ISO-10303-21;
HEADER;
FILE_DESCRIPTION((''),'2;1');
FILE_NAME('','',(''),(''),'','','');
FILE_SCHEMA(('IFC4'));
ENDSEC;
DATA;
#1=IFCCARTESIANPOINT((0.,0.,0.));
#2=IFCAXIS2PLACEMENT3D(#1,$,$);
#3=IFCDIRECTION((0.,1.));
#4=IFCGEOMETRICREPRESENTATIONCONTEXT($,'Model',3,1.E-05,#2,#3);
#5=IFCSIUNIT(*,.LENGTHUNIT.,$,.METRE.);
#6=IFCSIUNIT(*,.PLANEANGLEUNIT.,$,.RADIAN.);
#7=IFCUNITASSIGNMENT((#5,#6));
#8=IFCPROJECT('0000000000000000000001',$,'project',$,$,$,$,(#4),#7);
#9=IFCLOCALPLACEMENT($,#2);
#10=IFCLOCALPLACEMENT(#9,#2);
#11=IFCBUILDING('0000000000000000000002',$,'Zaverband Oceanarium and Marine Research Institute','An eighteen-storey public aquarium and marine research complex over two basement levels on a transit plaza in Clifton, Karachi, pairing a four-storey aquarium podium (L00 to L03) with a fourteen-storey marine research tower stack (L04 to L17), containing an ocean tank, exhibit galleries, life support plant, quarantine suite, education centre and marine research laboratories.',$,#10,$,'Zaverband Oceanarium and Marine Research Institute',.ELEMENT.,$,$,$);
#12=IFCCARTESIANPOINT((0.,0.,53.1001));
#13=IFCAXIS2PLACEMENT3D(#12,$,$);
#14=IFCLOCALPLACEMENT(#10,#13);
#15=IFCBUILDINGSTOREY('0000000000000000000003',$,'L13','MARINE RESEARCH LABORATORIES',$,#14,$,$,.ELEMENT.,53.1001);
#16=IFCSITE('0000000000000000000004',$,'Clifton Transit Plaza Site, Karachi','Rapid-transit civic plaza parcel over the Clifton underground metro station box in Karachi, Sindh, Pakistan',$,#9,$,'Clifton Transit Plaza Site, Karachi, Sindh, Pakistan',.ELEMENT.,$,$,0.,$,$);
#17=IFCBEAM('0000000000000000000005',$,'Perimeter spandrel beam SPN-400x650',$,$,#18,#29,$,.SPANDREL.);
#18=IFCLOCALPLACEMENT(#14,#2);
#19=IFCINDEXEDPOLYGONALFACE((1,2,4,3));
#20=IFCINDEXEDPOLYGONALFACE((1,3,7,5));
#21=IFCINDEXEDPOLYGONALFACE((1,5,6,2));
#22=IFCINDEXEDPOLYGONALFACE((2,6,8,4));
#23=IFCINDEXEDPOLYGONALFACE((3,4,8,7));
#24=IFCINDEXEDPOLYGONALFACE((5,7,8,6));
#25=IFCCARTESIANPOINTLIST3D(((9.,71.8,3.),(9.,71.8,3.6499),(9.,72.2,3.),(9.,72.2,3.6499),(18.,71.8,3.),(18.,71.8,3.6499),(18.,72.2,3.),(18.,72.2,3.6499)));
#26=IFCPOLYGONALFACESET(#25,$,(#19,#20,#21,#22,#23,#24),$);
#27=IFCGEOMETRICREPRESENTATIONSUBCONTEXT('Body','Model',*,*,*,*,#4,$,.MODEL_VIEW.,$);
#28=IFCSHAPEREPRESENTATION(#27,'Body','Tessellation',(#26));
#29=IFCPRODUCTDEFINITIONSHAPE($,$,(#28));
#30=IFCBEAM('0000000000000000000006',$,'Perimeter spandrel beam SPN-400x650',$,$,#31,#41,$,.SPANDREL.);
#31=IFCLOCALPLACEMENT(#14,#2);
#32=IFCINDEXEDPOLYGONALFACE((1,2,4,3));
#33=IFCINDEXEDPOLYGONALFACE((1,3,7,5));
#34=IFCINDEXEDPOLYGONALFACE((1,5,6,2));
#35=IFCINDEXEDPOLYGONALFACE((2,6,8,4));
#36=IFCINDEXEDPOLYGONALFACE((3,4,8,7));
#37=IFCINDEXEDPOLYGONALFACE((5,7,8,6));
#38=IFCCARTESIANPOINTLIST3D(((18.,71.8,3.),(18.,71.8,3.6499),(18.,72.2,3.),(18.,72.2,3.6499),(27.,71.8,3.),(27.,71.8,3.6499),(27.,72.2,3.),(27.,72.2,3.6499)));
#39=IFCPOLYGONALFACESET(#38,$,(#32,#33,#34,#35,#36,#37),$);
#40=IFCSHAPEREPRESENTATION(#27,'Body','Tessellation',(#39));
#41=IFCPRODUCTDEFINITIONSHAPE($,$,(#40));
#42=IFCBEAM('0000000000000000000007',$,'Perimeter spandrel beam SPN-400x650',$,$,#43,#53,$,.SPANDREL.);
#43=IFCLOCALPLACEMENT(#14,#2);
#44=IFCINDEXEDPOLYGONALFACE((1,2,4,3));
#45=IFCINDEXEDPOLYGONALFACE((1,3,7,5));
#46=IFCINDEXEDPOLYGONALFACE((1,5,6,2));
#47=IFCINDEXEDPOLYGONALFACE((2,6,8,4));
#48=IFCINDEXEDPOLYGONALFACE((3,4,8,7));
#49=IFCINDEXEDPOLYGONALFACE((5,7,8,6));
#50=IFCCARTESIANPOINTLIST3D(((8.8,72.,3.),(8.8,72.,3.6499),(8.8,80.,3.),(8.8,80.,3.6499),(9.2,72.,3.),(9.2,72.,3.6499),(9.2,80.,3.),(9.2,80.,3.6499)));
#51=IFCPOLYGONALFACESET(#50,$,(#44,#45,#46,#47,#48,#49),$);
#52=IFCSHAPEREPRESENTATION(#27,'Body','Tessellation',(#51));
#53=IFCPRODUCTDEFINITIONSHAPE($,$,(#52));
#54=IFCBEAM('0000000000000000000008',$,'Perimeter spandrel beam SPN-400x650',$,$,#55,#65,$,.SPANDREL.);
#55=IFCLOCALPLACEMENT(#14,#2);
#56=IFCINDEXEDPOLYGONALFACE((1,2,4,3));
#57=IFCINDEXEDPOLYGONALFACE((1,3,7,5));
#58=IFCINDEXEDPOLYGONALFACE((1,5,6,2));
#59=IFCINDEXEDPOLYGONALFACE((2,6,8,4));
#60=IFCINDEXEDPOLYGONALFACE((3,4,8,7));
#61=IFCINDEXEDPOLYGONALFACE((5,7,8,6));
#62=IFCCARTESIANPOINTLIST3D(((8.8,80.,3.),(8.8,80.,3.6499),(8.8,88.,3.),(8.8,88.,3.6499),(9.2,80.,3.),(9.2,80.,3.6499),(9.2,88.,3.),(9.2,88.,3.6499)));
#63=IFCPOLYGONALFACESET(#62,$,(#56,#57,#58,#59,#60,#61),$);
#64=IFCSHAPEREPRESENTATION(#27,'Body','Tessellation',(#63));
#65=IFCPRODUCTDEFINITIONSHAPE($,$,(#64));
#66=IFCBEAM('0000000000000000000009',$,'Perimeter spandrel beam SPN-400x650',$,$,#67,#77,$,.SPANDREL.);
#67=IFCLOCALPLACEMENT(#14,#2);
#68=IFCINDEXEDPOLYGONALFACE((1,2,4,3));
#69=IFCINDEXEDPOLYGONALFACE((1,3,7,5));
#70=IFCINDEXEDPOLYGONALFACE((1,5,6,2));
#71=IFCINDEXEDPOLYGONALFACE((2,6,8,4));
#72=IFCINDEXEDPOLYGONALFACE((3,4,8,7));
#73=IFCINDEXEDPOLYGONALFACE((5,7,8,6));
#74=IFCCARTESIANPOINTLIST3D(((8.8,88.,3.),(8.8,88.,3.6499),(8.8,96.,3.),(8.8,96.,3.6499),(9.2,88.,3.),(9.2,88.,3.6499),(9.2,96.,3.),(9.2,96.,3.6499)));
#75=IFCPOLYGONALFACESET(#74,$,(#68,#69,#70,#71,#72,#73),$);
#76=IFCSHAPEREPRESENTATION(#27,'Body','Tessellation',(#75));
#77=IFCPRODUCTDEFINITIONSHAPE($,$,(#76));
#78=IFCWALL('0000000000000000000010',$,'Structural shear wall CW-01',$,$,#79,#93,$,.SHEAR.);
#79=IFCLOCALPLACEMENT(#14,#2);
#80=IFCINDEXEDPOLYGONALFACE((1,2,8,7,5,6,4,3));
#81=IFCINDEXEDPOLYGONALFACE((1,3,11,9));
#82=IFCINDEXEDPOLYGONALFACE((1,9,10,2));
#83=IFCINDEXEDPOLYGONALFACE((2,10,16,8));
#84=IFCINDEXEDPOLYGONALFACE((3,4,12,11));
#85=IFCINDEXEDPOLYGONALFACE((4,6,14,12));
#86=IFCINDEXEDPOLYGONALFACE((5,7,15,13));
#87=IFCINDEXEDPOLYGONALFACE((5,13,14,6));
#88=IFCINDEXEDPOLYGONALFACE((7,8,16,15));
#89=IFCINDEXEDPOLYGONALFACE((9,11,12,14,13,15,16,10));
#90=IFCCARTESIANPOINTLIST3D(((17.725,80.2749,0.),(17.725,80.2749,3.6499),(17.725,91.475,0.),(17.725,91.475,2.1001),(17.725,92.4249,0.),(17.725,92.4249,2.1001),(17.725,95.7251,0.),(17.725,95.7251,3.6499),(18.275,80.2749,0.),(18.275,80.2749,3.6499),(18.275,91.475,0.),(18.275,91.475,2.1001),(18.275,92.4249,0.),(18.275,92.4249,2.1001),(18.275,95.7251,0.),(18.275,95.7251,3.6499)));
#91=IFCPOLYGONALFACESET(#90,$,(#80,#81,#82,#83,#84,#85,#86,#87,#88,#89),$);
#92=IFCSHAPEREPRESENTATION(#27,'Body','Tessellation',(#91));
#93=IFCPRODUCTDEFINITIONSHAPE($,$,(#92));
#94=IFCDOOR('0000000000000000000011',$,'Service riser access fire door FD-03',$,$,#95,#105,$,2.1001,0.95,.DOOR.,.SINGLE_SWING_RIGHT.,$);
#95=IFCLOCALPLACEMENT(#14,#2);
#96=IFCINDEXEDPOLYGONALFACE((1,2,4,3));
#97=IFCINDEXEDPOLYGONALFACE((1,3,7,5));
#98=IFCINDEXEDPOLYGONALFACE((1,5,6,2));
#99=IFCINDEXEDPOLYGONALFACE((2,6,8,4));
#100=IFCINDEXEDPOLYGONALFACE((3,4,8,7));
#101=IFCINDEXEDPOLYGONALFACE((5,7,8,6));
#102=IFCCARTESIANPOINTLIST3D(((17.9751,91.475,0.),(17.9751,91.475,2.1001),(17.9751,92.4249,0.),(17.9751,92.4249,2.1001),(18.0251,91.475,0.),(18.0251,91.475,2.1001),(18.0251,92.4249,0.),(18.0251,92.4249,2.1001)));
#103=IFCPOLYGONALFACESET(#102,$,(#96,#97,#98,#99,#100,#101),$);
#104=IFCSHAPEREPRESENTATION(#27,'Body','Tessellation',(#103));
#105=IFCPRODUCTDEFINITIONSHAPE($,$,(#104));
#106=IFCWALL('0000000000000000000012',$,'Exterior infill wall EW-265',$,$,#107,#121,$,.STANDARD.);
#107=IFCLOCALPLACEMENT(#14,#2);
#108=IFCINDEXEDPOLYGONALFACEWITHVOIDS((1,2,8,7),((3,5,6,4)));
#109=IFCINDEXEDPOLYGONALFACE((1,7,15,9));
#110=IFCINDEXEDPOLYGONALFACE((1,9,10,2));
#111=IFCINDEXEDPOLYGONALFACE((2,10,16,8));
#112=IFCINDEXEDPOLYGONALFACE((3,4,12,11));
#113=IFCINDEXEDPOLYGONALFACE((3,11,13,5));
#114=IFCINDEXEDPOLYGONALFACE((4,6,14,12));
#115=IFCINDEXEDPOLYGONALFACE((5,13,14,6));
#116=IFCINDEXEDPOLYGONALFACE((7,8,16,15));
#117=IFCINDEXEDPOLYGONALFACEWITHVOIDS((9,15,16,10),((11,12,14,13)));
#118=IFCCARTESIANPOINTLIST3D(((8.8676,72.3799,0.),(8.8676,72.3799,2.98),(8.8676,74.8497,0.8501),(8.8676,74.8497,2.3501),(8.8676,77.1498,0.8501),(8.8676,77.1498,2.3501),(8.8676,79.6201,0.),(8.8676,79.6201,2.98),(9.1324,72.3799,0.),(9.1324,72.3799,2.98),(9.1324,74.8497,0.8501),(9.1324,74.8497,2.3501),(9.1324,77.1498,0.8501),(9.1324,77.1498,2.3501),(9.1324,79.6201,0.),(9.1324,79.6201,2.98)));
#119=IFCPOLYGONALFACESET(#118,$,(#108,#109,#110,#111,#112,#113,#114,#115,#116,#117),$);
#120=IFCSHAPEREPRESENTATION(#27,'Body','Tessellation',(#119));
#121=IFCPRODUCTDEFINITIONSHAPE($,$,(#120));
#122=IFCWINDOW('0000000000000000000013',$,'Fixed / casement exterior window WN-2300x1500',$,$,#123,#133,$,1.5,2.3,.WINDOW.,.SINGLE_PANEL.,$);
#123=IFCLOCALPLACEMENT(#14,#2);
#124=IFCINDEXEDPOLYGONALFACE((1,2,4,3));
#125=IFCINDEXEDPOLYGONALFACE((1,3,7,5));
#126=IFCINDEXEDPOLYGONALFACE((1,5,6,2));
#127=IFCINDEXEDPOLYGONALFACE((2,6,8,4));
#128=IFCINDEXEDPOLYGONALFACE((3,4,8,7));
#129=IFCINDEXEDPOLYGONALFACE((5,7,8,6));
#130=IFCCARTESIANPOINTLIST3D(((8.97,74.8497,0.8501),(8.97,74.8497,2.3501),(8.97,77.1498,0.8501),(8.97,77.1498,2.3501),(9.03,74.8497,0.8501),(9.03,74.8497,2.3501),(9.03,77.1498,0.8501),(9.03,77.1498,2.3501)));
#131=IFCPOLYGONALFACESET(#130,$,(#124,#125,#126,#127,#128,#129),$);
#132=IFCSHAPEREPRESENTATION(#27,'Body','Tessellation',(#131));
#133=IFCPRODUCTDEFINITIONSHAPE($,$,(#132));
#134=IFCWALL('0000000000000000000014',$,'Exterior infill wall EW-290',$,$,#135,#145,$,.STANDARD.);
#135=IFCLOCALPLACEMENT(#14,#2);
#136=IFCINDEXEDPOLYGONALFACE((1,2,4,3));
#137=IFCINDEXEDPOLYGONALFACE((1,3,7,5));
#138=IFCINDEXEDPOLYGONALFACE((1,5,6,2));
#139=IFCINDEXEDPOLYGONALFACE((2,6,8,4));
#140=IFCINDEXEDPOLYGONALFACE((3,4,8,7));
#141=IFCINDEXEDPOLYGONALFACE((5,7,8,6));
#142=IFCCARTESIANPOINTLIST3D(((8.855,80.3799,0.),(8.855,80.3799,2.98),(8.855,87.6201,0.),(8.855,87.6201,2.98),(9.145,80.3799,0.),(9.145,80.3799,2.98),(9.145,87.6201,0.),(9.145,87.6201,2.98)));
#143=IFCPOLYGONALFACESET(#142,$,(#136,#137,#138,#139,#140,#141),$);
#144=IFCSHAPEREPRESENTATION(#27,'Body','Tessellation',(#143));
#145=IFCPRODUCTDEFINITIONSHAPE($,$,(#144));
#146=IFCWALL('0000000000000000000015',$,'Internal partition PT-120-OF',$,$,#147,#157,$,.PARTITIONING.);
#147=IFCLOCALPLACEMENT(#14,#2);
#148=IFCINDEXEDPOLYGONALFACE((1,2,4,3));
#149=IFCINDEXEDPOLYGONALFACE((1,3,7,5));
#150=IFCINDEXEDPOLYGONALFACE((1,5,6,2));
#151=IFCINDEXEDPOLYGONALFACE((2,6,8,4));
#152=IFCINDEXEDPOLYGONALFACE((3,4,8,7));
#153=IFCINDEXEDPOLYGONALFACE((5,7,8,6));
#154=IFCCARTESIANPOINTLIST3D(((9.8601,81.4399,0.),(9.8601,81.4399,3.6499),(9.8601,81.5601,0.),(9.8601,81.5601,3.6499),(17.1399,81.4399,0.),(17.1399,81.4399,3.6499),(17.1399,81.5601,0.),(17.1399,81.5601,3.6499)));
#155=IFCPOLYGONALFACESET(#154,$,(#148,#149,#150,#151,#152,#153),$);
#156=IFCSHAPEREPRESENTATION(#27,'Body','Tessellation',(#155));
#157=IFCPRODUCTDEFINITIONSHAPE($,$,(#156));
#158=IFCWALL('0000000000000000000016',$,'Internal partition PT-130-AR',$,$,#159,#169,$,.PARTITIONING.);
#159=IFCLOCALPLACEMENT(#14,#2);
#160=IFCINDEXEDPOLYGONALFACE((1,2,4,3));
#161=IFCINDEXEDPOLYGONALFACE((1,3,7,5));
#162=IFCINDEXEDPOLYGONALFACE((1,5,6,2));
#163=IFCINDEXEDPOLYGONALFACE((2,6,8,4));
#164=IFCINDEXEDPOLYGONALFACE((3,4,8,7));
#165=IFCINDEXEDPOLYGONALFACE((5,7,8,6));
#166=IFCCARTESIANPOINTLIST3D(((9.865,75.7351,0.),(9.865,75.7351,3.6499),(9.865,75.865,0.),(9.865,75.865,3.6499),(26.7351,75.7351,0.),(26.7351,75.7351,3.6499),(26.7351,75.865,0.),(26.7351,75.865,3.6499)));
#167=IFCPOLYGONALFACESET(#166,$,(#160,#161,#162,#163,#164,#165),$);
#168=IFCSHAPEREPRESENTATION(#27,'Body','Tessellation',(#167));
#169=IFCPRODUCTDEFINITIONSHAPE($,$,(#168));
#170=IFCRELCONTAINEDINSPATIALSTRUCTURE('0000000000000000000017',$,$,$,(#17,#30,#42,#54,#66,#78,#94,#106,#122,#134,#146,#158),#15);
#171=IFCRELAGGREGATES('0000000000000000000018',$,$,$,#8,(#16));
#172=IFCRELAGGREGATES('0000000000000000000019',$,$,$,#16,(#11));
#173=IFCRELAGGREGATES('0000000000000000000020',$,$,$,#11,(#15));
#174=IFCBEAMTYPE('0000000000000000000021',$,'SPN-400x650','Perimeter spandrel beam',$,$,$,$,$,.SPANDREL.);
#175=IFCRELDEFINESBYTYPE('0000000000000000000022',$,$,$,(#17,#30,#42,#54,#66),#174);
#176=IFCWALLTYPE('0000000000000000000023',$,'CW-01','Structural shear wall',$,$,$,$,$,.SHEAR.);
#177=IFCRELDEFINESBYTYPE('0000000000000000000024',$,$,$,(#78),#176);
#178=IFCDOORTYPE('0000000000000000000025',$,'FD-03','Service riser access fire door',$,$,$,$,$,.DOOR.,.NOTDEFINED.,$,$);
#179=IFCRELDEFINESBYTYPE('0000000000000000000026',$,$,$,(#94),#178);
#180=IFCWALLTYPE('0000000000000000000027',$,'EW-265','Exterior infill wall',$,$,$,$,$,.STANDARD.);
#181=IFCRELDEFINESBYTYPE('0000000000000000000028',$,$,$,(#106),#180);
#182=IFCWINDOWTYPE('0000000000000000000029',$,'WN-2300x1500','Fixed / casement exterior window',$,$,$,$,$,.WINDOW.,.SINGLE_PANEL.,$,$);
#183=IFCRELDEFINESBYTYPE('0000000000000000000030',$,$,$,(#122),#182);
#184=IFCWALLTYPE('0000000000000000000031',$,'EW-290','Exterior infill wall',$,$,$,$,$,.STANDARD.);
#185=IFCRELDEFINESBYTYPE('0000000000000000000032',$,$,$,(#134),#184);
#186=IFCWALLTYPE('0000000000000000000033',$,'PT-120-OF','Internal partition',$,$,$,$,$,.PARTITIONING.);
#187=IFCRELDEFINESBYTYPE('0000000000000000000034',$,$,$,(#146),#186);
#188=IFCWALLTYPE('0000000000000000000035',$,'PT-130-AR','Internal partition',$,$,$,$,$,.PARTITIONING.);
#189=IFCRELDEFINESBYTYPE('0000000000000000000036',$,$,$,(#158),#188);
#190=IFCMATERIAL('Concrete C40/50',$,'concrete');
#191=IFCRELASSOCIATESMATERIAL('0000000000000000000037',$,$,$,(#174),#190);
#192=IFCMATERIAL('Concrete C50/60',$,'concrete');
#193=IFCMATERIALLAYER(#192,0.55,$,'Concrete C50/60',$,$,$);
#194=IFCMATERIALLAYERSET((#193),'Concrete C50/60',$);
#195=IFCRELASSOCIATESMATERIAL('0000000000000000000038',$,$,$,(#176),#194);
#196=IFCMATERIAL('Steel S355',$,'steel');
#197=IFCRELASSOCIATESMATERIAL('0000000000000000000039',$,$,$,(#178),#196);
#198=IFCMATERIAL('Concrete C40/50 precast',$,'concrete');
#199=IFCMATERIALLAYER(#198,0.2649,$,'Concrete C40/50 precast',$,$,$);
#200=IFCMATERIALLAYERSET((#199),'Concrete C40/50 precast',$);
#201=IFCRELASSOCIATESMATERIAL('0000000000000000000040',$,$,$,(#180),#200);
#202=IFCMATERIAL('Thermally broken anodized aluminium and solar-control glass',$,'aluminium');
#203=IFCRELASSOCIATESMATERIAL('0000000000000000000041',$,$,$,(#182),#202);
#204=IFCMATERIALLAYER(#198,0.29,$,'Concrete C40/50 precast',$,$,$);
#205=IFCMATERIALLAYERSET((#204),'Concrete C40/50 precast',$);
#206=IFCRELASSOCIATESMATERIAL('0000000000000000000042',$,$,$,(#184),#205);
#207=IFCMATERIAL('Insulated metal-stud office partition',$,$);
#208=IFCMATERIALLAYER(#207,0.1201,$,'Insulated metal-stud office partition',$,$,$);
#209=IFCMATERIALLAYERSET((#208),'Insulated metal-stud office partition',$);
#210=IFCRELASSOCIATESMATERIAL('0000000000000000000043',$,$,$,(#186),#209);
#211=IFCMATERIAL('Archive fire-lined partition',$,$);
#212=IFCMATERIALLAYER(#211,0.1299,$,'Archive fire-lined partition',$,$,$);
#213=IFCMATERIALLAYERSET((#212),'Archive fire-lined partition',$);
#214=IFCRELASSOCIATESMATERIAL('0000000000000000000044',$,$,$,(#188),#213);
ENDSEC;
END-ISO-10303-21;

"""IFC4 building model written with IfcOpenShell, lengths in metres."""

from ifc_helpers import new_model, si_unit, direction, frame, frame_2d, origin, origin_2d, place, context, subcontext, project, spatial, rectangle, extrude, material, layer, layer_set, material_profile, profile_set, type_object, element, fill, save


model = new_model("IFC4")

# Units and contexts
model_context = context("Model", 3, precision=1e-05, world=origin(), true_north=direction((0.0, 1.0)))
body_context = subcontext(model_context, "Body", "Model", "MODEL_VIEW")
ifc_project = project(units=[si_unit("LENGTHUNIT", "METRE"), si_unit("PLANEANGLEUNIT", "RADIAN")], contexts=[model_context])

# Site, building, storey
site_placement = place(None, origin())
site = spatial("IfcSite", under=ifc_project, at=site_placement, Name="Clifton Transit Plaza Site, Karachi", Description="Rapid-transit civic plaza parcel over the Clifton underground metro station box in Karachi, Sindh, Pakistan", LongName="Clifton Transit Plaza Site, Karachi, Sindh, Pakistan", CompositionType="ELEMENT", RefElevation=0.0)
building_placement = place(site_placement, origin())
building = spatial("IfcBuilding", under=site, at=building_placement, Name="Zaverband Oceanarium and Marine Research Institute", Description="An eighteen-storey public aquarium and marine research complex over two basement levels on a transit plaza in Clifton, Karachi, pairing a four-storey aquarium podium (L00 to L03) with a fourteen-storey marine research tower stack (L04 to L17), containing an ocean tank, exhibit galleries, life support plant, quarantine suite, education centre and marine research laboratories.", LongName="Zaverband Oceanarium and Marine Research Institute", CompositionType="ELEMENT")
storey_placement = place(building_placement, frame((0.0, 0.0, 53.1001)))
storey = spatial("IfcBuildingStorey", under=building, at=storey_placement, Name="L13", Description="MARINE RESEARCH LABORATORIES", CompositionType="ELEMENT", Elevation=53.1001)

# Shared definitions
ifc_material_1 = material(Name="Concrete C50/60", Category="concrete")

# Shared definitions
ifc_material_2 = material(Name="Concrete C40/50", Category="concrete")

# Shared definitions
ifc_material_3 = material(Name="Steel S355", Category="steel")

# Beams
ifc_material_profile_1 = material_profile(ifc_material_2, rectangle(XDim=0.3999, YDim=0.6499, at=origin_2d()), Name="RC400x650")
ifc_profile_set_1 = profile_set([ifc_material_profile_1], Name="Concrete C40/50")
beam_type_1 = type_object("IfcBeamType", Name="SPN-400x650", Description="Perimeter spandrel beam", PredefinedType="SPANDREL", material=ifc_profile_set_1)
for number, where, z_axis, x_axis, name in (
    (1, (9.0, 72.0, 3.325), (1.0, 0.0, 0.0), (0.0, 1.0, 0.0), "Perimeter spandrel beam SPN-400x650"),
    (2, (18.0, 72.0, 3.325), (1.0, 0.0, 0.0), (0.0, 1.0, 0.0), "Perimeter spandrel beam SPN-400x650"),
):
    element("IfcBeam", number, at=place(storey_placement, frame(where, z_axis=z_axis, x_axis=x_axis)), inside=storey, type_object=beam_type_1, Name=name, PredefinedType="SPANDREL", context=body_context, shape_type="SweptSolid", body=[
        extrude(rectangle(XDim=0.3999, YDim=0.6499, at=origin_2d()), origin(), (0.0, 0.0, 1.0), 9.0),
    ])
for number, where, z_axis, x_axis, name in (
    (3, (9.0, 72.0, 3.325), (0.0, 1.0, 0.0), (-1.0, 0.0, 0.0), "Perimeter spandrel beam SPN-400x650"),
    (4, (9.0, 80.0, 3.325), (0.0, 1.0, 0.0), (-1.0, 0.0, 0.0), "Perimeter spandrel beam SPN-400x650"),
    (5, (9.0, 88.0, 3.325), (0.0, 1.0, 0.0), (-1.0, 0.0, 0.0), "Perimeter spandrel beam SPN-400x650"),
):
    element("IfcBeam", number, at=place(storey_placement, frame(where, z_axis=z_axis, x_axis=x_axis)), inside=storey, type_object=beam_type_1, Name=name, PredefinedType="SPANDREL", context=body_context, shape_type="SweptSolid", body=[
        extrude(rectangle(XDim=0.3999, YDim=0.6499, at=origin_2d()), origin(), (0.0, 0.0, 1.0), 8.0),
    ])

# Wall, opening, door
ifc_layer_1 = layer(ifc_material_1, 0.55, Name="Concrete C50/60")
ifc_layer_set_1 = layer_set([ifc_layer_1], Name="Concrete C50/60")
wall_type_1 = type_object("IfcWallType", Name="CW-01", Description="Structural shear wall", PredefinedType="SHEAR", material=ifc_layer_set_1)
wall_1_placement = place(storey_placement, frame((18.0, 80.2749, 0.0), z_axis=(0.0, 0.0, 1.0), x_axis=(0.0, 1.0, 0.0)))
wall_1 = element("IfcWall", 6, at=wall_1_placement, inside=storey, type_object=wall_type_1, Name="Structural shear wall CW-01", PredefinedType="SHEAR", context=body_context, shape_type="SweptSolid", body=[
    extrude(rectangle(XDim=15.4502, YDim=0.55, at=frame_2d((7.7251, 0.0))), origin(), (0.0, 0.0, 1.0), 3.6499),
])
opening_1_placement = place(wall_1_placement, frame((11.2, 0.0, 0.0)))
opening_1 = element("IfcOpeningElement", 7, at=opening_1_placement, cuts=wall_1, PredefinedType="OPENING", context=body_context, shape_type="SweptSolid", body=[
    extrude(rectangle(XDim=0.95, YDim=2.1001, at=frame_2d((0.4751, 1.05))), frame((0.0, 0.2871, 0.0), z_axis=(0.0, -1.0, 0.0), x_axis=(1.0, 0.0, 0.0)), (0.0, 0.0, 1.0), 0.574),
])
door_type = type_object("IfcDoorType", Name="FD-03", Description="Service riser access fire door", OperationType="NOTDEFINED", PredefinedType="DOOR", material=ifc_material_3)
door_placement = place(opening_1_placement, origin())
door = element("IfcDoor", 8, at=door_placement, inside=storey, type_object=door_type, Name="Service riser access fire door FD-03", OperationType="SINGLE_SWING_RIGHT", OverallHeight=2.1001, OverallWidth=0.95, PredefinedType="DOOR", context=body_context, shape_type="SweptSolid", body=[
    extrude(rectangle(XDim=0.95, YDim=2.1001, at=frame_2d((0.4751, 1.05))), frame((0.0, 0.0249, 0.0), z_axis=(0.0, -1.0, 0.0), x_axis=(1.0, 0.0, 0.0)), (0.0, 0.0, 1.0), 0.05),
])
fill(opening_1, door)

# Wall, opening, window
ifc_material_4 = material(Name="Concrete C40/50 precast", Category="concrete")
ifc_layer_2 = layer(ifc_material_4, 0.2649, Name="Concrete C40/50 precast")
ifc_layer_set_2 = layer_set([ifc_layer_2], Name="Concrete C40/50 precast")
wall_type_2 = type_object("IfcWallType", Name="EW-265", Description="Exterior infill wall", PredefinedType="STANDARD", material=ifc_layer_set_2)
wall_2_placement = place(storey_placement, frame((9.0, 72.3799, 0.0), z_axis=(0.0, 0.0, 1.0), x_axis=(0.0, 1.0, 0.0)))
wall_2 = element("IfcWall", 9, at=wall_2_placement, inside=storey, type_object=wall_type_2, Name="Exterior infill wall EW-265", PredefinedType="STANDARD", context=body_context, shape_type="SweptSolid", body=[
    extrude(rectangle(XDim=7.2402, YDim=0.2649, at=frame_2d((3.6201, 0.0))), origin(), (0.0, 0.0, 1.0), 2.98),
])
opening_2_placement = place(wall_2_placement, frame((2.47, 0.0, 0.8501)))
opening_2 = element("IfcOpeningElement", 10, at=opening_2_placement, cuts=wall_2, PredefinedType="OPENING", context=body_context, shape_type="SweptSolid", body=[
    extrude(rectangle(XDim=2.3, YDim=1.5, at=frame_2d((1.1499, 0.75))), frame((0.0, 0.1445, 0.0), z_axis=(0.0, -1.0, 0.0), x_axis=(1.0, 0.0, 0.0)), (0.0, 0.0, 1.0), 0.2888),
])
ifc_material_5 = material(Name="Thermally broken anodized aluminium and solar-control glass", Category="aluminium")
window_type = type_object("IfcWindowType", Name="WN-2300x1500", Description="Fixed / casement exterior window", PartitioningType="SINGLE_PANEL", PredefinedType="WINDOW", material=ifc_material_5)
window_placement = place(opening_2_placement, origin())
window = element("IfcWindow", 11, at=window_placement, inside=storey, type_object=window_type, Name="Fixed / casement exterior window WN-2300x1500", OverallHeight=1.5, OverallWidth=2.3, PartitioningType="SINGLE_PANEL", PredefinedType="WINDOW", context=body_context, shape_type="SweptSolid", body=[
    extrude(rectangle(XDim=2.3, YDim=1.5, at=frame_2d((1.1499, 0.75))), frame((0.0, 0.03, 0.0), z_axis=(0.0, -1.0, 0.0), x_axis=(1.0, 0.0, 0.0)), (0.0, 0.0, 1.0), 0.0601),
])
fill(opening_2, window)

# Walls
ifc_layer_3 = layer(ifc_material_4, 0.29, Name="Concrete C40/50 precast")
ifc_layer_set_3 = layer_set([ifc_layer_3], Name="Concrete C40/50 precast")
wall_type_3 = type_object("IfcWallType", Name="EW-290", Description="Exterior infill wall", PredefinedType="STANDARD", material=ifc_layer_set_3)
wall_3_placement = place(storey_placement, frame((9.0, 80.3799, 0.0), z_axis=(0.0, 0.0, 1.0), x_axis=(0.0, 1.0, 0.0)))
element("IfcWall", 12, at=wall_3_placement, inside=storey, type_object=wall_type_3, Name="Exterior infill wall EW-290", PredefinedType="STANDARD", context=body_context, shape_type="SweptSolid", body=[
    extrude(rectangle(XDim=7.2402, YDim=0.29, at=frame_2d((3.6201, 0.0))), origin(), (0.0, 0.0, 1.0), 2.98),
])
ifc_material_6 = material(Name="Insulated metal-stud office partition")
ifc_layer_4 = layer(ifc_material_6, 0.1201, Name="Insulated metal-stud office partition")
ifc_layer_set_4 = layer_set([ifc_layer_4], Name="Insulated metal-stud office partition")
wall_type_4 = type_object("IfcWallType", Name="PT-120-OF", Description="Internal partition", PredefinedType="PARTITIONING", material=ifc_layer_set_4)
wall_4_placement = place(storey_placement, frame((9.8601, 81.5, 0.0), z_axis=(0.0, 0.0, 1.0), x_axis=(1.0, 0.0, 0.0)))
element("IfcWall", 13, at=wall_4_placement, inside=storey, type_object=wall_type_4, Name="Internal partition PT-120-OF", PredefinedType="PARTITIONING", context=body_context, shape_type="SweptSolid", body=[
    extrude(rectangle(XDim=7.2798, YDim=0.1201, at=frame_2d((3.6399, 0.0))), origin(), (0.0, 0.0, 1.0), 3.6499),
])
ifc_material_7 = material(Name="Archive fire-lined partition")
ifc_layer_5 = layer(ifc_material_7, 0.1299, Name="Archive fire-lined partition")
ifc_layer_set_5 = layer_set([ifc_layer_5], Name="Archive fire-lined partition")
wall_type_5 = type_object("IfcWallType", Name="PT-130-AR", Description="Internal partition", PredefinedType="PARTITIONING", material=ifc_layer_set_5)
wall_5_placement = place(storey_placement, frame((9.865, 75.8, 0.0), z_axis=(0.0, 0.0, 1.0), x_axis=(1.0, 0.0, 0.0)))
element("IfcWall", 14, at=wall_5_placement, inside=storey, type_object=wall_type_5, Name="Internal partition PT-130-AR", PredefinedType="PARTITIONING", context=body_context, shape_type="SweptSolid", body=[
    extrude(rectangle(XDim=16.8701, YDim=0.1299, at=frame_2d((8.4351, 0.0))), origin(), (0.0, 0.0, 1.0), 3.6499),
])

save(model, "model.ifc")
